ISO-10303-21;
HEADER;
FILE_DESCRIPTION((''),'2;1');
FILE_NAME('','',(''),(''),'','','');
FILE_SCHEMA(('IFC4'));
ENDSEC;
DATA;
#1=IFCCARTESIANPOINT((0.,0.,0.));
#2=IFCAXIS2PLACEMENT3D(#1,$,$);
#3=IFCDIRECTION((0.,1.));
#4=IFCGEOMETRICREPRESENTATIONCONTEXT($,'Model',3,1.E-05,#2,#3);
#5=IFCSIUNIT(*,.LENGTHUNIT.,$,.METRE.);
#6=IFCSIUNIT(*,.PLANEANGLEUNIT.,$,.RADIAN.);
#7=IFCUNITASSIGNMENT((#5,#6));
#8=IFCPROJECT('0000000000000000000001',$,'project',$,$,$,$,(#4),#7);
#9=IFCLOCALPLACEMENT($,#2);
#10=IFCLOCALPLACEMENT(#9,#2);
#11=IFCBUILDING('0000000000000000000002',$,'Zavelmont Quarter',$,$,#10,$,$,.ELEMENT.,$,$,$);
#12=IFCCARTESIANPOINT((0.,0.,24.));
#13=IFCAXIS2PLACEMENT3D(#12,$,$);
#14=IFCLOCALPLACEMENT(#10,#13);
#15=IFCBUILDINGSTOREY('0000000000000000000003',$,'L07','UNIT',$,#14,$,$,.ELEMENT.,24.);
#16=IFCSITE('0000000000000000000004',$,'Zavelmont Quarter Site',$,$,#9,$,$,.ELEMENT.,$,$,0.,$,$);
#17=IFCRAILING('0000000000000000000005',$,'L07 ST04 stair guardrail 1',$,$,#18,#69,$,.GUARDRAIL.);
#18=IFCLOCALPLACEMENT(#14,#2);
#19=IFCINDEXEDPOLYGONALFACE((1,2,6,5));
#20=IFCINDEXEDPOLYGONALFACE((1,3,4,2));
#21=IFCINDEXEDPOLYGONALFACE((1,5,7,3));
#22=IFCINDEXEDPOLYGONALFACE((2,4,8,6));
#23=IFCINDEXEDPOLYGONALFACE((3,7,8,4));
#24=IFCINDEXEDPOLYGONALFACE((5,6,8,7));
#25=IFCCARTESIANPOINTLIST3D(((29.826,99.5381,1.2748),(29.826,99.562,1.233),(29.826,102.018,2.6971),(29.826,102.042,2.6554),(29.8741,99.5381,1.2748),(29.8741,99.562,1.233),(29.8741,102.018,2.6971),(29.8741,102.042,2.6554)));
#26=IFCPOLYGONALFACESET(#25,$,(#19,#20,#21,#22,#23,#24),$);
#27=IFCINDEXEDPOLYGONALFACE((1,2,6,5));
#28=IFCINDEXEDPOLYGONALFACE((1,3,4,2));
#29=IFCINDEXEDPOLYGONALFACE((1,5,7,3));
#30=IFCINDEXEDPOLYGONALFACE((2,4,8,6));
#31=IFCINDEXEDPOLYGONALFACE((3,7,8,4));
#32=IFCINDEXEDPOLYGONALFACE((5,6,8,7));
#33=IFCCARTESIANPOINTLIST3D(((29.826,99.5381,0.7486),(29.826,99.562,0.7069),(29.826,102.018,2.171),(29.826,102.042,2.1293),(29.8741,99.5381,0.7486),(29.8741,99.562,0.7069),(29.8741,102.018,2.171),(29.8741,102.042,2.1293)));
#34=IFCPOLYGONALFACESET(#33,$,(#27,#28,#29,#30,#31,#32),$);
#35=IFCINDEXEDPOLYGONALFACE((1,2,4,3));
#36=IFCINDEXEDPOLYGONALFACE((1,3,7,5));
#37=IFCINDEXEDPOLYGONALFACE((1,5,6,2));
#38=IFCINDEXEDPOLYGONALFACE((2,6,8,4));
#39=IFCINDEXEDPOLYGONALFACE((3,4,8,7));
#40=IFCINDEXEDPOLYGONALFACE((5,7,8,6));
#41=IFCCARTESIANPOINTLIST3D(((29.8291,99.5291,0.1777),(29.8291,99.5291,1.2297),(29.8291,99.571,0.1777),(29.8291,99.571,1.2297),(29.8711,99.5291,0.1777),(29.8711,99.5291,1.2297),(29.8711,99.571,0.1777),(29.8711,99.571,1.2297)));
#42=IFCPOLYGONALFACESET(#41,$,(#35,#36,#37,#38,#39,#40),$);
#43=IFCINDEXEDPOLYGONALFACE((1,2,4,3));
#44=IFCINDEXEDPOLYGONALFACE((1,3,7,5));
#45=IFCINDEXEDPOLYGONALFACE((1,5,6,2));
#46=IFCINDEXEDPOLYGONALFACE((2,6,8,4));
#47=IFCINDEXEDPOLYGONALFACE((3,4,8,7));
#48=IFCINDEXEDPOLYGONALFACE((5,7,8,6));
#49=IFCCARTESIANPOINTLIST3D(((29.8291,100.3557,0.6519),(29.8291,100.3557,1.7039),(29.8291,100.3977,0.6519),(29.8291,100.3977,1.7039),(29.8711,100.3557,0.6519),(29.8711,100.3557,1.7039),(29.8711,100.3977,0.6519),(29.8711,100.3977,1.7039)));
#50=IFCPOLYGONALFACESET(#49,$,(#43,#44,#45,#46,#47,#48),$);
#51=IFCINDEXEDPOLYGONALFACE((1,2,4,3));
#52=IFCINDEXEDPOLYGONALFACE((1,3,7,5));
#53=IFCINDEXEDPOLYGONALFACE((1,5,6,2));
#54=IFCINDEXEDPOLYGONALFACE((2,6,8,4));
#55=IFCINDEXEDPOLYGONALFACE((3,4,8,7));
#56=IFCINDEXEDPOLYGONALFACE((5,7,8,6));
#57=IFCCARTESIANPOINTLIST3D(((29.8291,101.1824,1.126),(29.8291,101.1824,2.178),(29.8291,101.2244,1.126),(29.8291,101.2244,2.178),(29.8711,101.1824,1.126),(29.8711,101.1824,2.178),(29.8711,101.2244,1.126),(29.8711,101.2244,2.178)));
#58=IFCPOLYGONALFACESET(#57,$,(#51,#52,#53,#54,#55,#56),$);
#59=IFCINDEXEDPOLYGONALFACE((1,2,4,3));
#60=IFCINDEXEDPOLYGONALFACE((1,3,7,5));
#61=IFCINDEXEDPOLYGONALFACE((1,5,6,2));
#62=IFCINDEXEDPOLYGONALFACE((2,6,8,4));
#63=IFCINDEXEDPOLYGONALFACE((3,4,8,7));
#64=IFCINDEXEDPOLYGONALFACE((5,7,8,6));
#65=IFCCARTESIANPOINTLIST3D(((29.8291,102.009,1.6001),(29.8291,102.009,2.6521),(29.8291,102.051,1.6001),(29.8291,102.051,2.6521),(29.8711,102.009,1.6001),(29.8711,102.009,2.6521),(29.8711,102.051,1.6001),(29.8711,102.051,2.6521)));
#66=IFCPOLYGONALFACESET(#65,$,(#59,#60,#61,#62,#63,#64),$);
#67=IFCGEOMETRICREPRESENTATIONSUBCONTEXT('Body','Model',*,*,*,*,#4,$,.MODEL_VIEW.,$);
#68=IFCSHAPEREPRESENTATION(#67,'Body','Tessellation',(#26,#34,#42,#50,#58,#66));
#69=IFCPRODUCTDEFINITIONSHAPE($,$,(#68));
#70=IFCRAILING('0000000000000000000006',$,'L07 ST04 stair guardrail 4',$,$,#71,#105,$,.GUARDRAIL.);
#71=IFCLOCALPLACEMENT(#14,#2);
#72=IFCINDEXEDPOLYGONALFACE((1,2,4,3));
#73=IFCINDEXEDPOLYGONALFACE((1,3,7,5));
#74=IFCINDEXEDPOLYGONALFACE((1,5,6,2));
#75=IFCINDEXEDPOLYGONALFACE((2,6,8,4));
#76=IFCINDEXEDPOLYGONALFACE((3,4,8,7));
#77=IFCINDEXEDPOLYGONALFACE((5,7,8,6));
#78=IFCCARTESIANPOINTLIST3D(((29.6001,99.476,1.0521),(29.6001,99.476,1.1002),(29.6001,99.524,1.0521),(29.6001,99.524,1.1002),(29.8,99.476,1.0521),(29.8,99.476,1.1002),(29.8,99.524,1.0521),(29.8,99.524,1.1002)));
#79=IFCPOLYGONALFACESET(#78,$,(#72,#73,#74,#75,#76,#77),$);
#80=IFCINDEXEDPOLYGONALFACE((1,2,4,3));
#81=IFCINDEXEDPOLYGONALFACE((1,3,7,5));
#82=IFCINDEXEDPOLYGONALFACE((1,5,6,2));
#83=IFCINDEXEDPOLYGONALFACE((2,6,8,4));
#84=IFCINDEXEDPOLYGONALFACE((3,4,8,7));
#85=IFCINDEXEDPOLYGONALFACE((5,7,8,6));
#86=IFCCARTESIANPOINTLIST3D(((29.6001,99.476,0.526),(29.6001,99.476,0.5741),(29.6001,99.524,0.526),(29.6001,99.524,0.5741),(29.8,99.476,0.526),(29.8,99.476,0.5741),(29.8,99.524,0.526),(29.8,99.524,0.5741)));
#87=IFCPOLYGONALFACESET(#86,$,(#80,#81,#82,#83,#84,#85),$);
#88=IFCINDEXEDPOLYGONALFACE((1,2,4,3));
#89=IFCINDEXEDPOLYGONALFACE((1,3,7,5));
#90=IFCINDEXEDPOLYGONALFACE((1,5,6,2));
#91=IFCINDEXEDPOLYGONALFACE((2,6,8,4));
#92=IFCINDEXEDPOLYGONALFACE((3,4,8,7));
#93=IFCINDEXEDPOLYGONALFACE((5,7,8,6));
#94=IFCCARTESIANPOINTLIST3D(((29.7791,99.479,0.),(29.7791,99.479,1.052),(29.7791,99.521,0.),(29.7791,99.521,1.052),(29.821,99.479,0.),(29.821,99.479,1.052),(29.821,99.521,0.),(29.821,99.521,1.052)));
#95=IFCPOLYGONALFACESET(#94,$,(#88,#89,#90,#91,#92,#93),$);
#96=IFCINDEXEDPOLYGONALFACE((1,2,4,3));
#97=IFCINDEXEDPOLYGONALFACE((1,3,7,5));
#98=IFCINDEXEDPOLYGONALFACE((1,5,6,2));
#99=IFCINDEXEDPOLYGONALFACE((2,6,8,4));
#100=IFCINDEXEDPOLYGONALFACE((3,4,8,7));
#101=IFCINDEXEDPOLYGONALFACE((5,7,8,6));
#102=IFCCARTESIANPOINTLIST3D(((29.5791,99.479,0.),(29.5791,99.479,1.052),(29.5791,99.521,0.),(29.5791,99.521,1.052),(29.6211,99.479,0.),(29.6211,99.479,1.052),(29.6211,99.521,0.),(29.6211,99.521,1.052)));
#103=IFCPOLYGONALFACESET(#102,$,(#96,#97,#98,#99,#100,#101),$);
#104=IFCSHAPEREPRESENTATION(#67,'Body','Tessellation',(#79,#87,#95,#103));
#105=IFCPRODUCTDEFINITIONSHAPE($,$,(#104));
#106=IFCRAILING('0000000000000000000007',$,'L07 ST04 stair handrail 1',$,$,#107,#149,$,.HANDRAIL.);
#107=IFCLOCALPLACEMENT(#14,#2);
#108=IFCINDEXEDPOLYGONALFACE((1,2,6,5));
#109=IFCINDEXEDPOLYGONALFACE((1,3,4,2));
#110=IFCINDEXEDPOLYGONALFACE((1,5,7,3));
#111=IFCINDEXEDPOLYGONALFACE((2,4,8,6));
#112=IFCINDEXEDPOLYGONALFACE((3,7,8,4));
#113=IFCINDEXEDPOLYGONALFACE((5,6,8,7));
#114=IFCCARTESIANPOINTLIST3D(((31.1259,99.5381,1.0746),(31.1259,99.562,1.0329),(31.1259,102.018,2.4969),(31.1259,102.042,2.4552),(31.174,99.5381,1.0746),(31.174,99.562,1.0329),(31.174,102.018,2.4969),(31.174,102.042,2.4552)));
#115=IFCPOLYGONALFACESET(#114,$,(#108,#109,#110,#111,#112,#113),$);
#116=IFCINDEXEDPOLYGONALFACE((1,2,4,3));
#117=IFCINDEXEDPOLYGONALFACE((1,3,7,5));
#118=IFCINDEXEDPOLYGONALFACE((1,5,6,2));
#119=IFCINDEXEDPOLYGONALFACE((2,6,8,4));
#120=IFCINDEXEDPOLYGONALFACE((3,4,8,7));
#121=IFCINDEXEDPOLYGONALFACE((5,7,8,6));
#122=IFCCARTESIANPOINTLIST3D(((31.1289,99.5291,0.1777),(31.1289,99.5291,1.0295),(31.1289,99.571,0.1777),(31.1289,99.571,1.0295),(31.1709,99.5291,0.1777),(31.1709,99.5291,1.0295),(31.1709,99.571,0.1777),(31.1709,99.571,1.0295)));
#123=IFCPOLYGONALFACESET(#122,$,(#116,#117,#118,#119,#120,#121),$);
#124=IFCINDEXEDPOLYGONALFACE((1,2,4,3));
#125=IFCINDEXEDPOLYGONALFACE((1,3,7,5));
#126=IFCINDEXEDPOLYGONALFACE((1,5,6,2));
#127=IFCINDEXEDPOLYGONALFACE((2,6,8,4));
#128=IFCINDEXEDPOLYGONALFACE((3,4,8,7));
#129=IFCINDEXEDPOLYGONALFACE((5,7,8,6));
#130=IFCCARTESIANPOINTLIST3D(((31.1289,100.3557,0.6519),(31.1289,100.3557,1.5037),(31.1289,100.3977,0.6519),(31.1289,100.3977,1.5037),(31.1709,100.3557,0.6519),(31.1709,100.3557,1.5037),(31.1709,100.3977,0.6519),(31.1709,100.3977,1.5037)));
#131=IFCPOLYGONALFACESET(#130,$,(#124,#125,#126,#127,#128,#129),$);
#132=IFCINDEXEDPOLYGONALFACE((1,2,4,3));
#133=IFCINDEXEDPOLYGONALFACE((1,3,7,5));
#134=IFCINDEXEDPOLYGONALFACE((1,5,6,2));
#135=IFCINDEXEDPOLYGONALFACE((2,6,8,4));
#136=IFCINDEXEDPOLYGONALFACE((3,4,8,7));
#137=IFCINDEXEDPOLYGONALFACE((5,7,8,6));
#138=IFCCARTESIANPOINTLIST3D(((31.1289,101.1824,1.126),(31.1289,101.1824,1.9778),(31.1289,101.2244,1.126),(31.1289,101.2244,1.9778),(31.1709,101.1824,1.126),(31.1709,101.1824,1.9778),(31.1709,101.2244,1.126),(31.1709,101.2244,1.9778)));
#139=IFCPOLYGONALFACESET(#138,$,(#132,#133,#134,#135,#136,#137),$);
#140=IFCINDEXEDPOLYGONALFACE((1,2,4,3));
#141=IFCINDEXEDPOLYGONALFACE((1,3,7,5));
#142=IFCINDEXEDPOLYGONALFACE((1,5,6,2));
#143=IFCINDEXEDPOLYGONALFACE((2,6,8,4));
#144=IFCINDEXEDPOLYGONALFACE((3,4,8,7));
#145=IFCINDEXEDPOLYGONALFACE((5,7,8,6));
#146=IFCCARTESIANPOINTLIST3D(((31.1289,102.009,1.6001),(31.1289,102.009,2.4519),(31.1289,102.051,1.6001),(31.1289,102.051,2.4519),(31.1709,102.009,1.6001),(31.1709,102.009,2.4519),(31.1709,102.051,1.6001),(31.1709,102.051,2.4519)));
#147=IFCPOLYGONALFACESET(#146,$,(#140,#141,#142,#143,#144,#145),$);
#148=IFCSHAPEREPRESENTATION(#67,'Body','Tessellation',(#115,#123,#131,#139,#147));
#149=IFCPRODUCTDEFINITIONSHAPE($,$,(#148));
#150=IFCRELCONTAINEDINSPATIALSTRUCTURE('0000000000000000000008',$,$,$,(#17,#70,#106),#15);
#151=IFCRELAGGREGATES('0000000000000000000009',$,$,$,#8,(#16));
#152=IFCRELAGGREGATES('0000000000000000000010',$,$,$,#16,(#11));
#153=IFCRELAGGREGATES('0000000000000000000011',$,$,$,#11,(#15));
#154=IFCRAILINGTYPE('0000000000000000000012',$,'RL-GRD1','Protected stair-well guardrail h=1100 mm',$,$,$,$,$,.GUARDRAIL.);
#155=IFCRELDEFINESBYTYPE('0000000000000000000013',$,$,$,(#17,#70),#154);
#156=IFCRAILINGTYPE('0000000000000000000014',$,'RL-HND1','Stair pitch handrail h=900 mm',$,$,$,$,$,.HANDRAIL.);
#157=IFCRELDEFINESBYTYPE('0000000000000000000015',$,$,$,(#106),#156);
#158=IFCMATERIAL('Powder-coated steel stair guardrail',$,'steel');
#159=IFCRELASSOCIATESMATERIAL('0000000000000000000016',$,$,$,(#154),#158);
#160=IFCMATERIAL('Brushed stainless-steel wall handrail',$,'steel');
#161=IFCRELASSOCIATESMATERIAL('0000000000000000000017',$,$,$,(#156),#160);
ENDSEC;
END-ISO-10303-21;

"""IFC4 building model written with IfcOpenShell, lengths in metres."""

from ifc_helpers import new_model, si_unit, direction, frame, origin, origin_2d, place, context, subcontext, project, spatial, rectangle, extrude, material, type_object, element, save


model = new_model("IFC4")

# Units and contexts
model_context = context("Model", 3, precision=1e-05, world=origin(), true_north=direction((0.0, 1.0)))
body_context = subcontext(model_context, "Body", "Model", "MODEL_VIEW")
ifc_project = project(units=[si_unit("LENGTHUNIT", "METRE"), si_unit("PLANEANGLEUNIT", "RADIAN")], contexts=[model_context])

# Site, building, storey
site_placement = place(None, origin())
site = spatial("IfcSite", under=ifc_project, at=site_placement, Name="Zavelmont Quarter Site", CompositionType="ELEMENT", RefElevation=0.0)
building_placement = place(site_placement, origin())
building = spatial("IfcBuilding", under=site, at=building_placement, Name="Zavelmont Quarter", CompositionType="ELEMENT")
storey_placement = place(building_placement, frame((0.0, 0.0, 24.0)))
storey = spatial("IfcBuildingStorey", under=building, at=storey_placement, Name="L07", Description="UNIT", CompositionType="ELEMENT", Elevation=24.0)

# Railings
ifc_material_1 = material(Name="Powder-coated steel stair guardrail", Category="steel")
railing_type_1 = type_object("IfcRailingType", Name="RL-GRD1", Description="Protected stair-well guardrail h=1100 mm", PredefinedType="GUARDRAIL", material=ifc_material_1)
railing_1_placement = place(storey_placement, frame((29.8501, 99.55, 0.1777)))
element("IfcRailing", 1, at=railing_1_placement, inside=storey, type_object=railing_type_1, Name="L07 ST04 stair guardrail 1", PredefinedType="GUARDRAIL", context=body_context, shape_type="SweptSolid", body=[
    extrude(rectangle(XDim=0.0481, YDim=0.0481, at=origin_2d()), frame((0.0, 0.0, 1.0762), z_axis=(0.0, 0.867454, 0.497518), x_axis=(-1.0, 0.0, 0.0)), (0.0, 0.0, 1.0), 2.8589),
    extrude(rectangle(XDim=0.0481, YDim=0.0481, at=origin_2d()), frame((0.0, 0.0, 0.55), z_axis=(0.0, 0.867454, 0.497518), x_axis=(-1.0, 0.0, 0.0)), (0.0, 0.0, 1.0), 2.8589),
    extrude(rectangle(XDim=0.042, YDim=0.042, at=origin_2d()), origin(), (0.0, 0.0, 1.0), 1.052),
    extrude(rectangle(XDim=0.042, YDim=0.042, at=origin_2d()), frame((0.0, 0.8267, 0.4741)), (0.0, 0.0, 1.0), 1.052),
    extrude(rectangle(XDim=0.042, YDim=0.042, at=origin_2d()), frame((0.0, 1.6533, 0.9482)), (0.0, 0.0, 1.0), 1.052),
    extrude(rectangle(XDim=0.042, YDim=0.042, at=origin_2d()), frame((0.0, 2.48, 1.4224)), (0.0, 0.0, 1.0), 1.052),
])
railing_2_placement = place(storey_placement, frame((29.8, 99.5, 0.0)))
element("IfcRailing", 2, at=railing_2_placement, inside=storey, type_object=railing_type_1, Name="L07 ST04 stair guardrail 4", PredefinedType="GUARDRAIL", context=body_context, shape_type="SweptSolid", body=[
    extrude(rectangle(XDim=0.0481, YDim=0.0481, at=origin_2d()), frame((0.0, 0.0, 1.0762), z_axis=(-1.0, 0.0, 0.0), x_axis=(0.0, -1.0, 0.0)), (0.0, 0.0, 1.0), 0.2),
    extrude(rectangle(XDim=0.0481, YDim=0.0481, at=origin_2d()), frame((0.0, 0.0, 0.55), z_axis=(-1.0, 0.0, 0.0), x_axis=(0.0, -1.0, 0.0)), (0.0, 0.0, 1.0), 0.2),
    extrude(rectangle(XDim=0.042, YDim=0.042, at=origin_2d()), origin(), (0.0, 0.0, 1.0), 1.052),
    extrude(rectangle(XDim=0.042, YDim=0.042, at=origin_2d()), frame((-0.2, 0.0, 0.0)), (0.0, 0.0, 1.0), 1.052),
])
ifc_material_2 = material(Name="Brushed stainless-steel wall handrail", Category="steel")
railing_type_2 = type_object("IfcRailingType", Name="RL-HND1", Description="Stair pitch handrail h=900 mm", PredefinedType="HANDRAIL", material=ifc_material_2)
railing_3_placement = place(storey_placement, frame((31.1499, 99.55, 0.1777)))
element("IfcRailing", 3, at=railing_3_placement, inside=storey, type_object=railing_type_2, Name="L07 ST04 stair handrail 1", PredefinedType="HANDRAIL", context=body_context, shape_type="SweptSolid", body=[
    extrude(rectangle(XDim=0.0481, YDim=0.0481, at=origin_2d()), frame((0.0, 0.0, 0.876), z_axis=(0.0, 0.867454, 0.497518), x_axis=(-1.0, 0.0, 0.0)), (0.0, 0.0, 1.0), 2.8589),
    extrude(rectangle(XDim=0.042, YDim=0.042, at=origin_2d()), origin(), (0.0, 0.0, 1.0), 0.8518),
    extrude(rectangle(XDim=0.042, YDim=0.042, at=origin_2d()), frame((0.0, 0.8267, 0.4741)), (0.0, 0.0, 1.0), 0.8518),
    extrude(rectangle(XDim=0.042, YDim=0.042, at=origin_2d()), frame((0.0, 1.6533, 0.9482)), (0.0, 0.0, 1.0), 0.8518),
    extrude(rectangle(XDim=0.042, YDim=0.042, at=origin_2d()), frame((0.0, 2.48, 1.4224)), (0.0, 0.0, 1.0), 0.8518),
])

save(model, "model.ifc")
